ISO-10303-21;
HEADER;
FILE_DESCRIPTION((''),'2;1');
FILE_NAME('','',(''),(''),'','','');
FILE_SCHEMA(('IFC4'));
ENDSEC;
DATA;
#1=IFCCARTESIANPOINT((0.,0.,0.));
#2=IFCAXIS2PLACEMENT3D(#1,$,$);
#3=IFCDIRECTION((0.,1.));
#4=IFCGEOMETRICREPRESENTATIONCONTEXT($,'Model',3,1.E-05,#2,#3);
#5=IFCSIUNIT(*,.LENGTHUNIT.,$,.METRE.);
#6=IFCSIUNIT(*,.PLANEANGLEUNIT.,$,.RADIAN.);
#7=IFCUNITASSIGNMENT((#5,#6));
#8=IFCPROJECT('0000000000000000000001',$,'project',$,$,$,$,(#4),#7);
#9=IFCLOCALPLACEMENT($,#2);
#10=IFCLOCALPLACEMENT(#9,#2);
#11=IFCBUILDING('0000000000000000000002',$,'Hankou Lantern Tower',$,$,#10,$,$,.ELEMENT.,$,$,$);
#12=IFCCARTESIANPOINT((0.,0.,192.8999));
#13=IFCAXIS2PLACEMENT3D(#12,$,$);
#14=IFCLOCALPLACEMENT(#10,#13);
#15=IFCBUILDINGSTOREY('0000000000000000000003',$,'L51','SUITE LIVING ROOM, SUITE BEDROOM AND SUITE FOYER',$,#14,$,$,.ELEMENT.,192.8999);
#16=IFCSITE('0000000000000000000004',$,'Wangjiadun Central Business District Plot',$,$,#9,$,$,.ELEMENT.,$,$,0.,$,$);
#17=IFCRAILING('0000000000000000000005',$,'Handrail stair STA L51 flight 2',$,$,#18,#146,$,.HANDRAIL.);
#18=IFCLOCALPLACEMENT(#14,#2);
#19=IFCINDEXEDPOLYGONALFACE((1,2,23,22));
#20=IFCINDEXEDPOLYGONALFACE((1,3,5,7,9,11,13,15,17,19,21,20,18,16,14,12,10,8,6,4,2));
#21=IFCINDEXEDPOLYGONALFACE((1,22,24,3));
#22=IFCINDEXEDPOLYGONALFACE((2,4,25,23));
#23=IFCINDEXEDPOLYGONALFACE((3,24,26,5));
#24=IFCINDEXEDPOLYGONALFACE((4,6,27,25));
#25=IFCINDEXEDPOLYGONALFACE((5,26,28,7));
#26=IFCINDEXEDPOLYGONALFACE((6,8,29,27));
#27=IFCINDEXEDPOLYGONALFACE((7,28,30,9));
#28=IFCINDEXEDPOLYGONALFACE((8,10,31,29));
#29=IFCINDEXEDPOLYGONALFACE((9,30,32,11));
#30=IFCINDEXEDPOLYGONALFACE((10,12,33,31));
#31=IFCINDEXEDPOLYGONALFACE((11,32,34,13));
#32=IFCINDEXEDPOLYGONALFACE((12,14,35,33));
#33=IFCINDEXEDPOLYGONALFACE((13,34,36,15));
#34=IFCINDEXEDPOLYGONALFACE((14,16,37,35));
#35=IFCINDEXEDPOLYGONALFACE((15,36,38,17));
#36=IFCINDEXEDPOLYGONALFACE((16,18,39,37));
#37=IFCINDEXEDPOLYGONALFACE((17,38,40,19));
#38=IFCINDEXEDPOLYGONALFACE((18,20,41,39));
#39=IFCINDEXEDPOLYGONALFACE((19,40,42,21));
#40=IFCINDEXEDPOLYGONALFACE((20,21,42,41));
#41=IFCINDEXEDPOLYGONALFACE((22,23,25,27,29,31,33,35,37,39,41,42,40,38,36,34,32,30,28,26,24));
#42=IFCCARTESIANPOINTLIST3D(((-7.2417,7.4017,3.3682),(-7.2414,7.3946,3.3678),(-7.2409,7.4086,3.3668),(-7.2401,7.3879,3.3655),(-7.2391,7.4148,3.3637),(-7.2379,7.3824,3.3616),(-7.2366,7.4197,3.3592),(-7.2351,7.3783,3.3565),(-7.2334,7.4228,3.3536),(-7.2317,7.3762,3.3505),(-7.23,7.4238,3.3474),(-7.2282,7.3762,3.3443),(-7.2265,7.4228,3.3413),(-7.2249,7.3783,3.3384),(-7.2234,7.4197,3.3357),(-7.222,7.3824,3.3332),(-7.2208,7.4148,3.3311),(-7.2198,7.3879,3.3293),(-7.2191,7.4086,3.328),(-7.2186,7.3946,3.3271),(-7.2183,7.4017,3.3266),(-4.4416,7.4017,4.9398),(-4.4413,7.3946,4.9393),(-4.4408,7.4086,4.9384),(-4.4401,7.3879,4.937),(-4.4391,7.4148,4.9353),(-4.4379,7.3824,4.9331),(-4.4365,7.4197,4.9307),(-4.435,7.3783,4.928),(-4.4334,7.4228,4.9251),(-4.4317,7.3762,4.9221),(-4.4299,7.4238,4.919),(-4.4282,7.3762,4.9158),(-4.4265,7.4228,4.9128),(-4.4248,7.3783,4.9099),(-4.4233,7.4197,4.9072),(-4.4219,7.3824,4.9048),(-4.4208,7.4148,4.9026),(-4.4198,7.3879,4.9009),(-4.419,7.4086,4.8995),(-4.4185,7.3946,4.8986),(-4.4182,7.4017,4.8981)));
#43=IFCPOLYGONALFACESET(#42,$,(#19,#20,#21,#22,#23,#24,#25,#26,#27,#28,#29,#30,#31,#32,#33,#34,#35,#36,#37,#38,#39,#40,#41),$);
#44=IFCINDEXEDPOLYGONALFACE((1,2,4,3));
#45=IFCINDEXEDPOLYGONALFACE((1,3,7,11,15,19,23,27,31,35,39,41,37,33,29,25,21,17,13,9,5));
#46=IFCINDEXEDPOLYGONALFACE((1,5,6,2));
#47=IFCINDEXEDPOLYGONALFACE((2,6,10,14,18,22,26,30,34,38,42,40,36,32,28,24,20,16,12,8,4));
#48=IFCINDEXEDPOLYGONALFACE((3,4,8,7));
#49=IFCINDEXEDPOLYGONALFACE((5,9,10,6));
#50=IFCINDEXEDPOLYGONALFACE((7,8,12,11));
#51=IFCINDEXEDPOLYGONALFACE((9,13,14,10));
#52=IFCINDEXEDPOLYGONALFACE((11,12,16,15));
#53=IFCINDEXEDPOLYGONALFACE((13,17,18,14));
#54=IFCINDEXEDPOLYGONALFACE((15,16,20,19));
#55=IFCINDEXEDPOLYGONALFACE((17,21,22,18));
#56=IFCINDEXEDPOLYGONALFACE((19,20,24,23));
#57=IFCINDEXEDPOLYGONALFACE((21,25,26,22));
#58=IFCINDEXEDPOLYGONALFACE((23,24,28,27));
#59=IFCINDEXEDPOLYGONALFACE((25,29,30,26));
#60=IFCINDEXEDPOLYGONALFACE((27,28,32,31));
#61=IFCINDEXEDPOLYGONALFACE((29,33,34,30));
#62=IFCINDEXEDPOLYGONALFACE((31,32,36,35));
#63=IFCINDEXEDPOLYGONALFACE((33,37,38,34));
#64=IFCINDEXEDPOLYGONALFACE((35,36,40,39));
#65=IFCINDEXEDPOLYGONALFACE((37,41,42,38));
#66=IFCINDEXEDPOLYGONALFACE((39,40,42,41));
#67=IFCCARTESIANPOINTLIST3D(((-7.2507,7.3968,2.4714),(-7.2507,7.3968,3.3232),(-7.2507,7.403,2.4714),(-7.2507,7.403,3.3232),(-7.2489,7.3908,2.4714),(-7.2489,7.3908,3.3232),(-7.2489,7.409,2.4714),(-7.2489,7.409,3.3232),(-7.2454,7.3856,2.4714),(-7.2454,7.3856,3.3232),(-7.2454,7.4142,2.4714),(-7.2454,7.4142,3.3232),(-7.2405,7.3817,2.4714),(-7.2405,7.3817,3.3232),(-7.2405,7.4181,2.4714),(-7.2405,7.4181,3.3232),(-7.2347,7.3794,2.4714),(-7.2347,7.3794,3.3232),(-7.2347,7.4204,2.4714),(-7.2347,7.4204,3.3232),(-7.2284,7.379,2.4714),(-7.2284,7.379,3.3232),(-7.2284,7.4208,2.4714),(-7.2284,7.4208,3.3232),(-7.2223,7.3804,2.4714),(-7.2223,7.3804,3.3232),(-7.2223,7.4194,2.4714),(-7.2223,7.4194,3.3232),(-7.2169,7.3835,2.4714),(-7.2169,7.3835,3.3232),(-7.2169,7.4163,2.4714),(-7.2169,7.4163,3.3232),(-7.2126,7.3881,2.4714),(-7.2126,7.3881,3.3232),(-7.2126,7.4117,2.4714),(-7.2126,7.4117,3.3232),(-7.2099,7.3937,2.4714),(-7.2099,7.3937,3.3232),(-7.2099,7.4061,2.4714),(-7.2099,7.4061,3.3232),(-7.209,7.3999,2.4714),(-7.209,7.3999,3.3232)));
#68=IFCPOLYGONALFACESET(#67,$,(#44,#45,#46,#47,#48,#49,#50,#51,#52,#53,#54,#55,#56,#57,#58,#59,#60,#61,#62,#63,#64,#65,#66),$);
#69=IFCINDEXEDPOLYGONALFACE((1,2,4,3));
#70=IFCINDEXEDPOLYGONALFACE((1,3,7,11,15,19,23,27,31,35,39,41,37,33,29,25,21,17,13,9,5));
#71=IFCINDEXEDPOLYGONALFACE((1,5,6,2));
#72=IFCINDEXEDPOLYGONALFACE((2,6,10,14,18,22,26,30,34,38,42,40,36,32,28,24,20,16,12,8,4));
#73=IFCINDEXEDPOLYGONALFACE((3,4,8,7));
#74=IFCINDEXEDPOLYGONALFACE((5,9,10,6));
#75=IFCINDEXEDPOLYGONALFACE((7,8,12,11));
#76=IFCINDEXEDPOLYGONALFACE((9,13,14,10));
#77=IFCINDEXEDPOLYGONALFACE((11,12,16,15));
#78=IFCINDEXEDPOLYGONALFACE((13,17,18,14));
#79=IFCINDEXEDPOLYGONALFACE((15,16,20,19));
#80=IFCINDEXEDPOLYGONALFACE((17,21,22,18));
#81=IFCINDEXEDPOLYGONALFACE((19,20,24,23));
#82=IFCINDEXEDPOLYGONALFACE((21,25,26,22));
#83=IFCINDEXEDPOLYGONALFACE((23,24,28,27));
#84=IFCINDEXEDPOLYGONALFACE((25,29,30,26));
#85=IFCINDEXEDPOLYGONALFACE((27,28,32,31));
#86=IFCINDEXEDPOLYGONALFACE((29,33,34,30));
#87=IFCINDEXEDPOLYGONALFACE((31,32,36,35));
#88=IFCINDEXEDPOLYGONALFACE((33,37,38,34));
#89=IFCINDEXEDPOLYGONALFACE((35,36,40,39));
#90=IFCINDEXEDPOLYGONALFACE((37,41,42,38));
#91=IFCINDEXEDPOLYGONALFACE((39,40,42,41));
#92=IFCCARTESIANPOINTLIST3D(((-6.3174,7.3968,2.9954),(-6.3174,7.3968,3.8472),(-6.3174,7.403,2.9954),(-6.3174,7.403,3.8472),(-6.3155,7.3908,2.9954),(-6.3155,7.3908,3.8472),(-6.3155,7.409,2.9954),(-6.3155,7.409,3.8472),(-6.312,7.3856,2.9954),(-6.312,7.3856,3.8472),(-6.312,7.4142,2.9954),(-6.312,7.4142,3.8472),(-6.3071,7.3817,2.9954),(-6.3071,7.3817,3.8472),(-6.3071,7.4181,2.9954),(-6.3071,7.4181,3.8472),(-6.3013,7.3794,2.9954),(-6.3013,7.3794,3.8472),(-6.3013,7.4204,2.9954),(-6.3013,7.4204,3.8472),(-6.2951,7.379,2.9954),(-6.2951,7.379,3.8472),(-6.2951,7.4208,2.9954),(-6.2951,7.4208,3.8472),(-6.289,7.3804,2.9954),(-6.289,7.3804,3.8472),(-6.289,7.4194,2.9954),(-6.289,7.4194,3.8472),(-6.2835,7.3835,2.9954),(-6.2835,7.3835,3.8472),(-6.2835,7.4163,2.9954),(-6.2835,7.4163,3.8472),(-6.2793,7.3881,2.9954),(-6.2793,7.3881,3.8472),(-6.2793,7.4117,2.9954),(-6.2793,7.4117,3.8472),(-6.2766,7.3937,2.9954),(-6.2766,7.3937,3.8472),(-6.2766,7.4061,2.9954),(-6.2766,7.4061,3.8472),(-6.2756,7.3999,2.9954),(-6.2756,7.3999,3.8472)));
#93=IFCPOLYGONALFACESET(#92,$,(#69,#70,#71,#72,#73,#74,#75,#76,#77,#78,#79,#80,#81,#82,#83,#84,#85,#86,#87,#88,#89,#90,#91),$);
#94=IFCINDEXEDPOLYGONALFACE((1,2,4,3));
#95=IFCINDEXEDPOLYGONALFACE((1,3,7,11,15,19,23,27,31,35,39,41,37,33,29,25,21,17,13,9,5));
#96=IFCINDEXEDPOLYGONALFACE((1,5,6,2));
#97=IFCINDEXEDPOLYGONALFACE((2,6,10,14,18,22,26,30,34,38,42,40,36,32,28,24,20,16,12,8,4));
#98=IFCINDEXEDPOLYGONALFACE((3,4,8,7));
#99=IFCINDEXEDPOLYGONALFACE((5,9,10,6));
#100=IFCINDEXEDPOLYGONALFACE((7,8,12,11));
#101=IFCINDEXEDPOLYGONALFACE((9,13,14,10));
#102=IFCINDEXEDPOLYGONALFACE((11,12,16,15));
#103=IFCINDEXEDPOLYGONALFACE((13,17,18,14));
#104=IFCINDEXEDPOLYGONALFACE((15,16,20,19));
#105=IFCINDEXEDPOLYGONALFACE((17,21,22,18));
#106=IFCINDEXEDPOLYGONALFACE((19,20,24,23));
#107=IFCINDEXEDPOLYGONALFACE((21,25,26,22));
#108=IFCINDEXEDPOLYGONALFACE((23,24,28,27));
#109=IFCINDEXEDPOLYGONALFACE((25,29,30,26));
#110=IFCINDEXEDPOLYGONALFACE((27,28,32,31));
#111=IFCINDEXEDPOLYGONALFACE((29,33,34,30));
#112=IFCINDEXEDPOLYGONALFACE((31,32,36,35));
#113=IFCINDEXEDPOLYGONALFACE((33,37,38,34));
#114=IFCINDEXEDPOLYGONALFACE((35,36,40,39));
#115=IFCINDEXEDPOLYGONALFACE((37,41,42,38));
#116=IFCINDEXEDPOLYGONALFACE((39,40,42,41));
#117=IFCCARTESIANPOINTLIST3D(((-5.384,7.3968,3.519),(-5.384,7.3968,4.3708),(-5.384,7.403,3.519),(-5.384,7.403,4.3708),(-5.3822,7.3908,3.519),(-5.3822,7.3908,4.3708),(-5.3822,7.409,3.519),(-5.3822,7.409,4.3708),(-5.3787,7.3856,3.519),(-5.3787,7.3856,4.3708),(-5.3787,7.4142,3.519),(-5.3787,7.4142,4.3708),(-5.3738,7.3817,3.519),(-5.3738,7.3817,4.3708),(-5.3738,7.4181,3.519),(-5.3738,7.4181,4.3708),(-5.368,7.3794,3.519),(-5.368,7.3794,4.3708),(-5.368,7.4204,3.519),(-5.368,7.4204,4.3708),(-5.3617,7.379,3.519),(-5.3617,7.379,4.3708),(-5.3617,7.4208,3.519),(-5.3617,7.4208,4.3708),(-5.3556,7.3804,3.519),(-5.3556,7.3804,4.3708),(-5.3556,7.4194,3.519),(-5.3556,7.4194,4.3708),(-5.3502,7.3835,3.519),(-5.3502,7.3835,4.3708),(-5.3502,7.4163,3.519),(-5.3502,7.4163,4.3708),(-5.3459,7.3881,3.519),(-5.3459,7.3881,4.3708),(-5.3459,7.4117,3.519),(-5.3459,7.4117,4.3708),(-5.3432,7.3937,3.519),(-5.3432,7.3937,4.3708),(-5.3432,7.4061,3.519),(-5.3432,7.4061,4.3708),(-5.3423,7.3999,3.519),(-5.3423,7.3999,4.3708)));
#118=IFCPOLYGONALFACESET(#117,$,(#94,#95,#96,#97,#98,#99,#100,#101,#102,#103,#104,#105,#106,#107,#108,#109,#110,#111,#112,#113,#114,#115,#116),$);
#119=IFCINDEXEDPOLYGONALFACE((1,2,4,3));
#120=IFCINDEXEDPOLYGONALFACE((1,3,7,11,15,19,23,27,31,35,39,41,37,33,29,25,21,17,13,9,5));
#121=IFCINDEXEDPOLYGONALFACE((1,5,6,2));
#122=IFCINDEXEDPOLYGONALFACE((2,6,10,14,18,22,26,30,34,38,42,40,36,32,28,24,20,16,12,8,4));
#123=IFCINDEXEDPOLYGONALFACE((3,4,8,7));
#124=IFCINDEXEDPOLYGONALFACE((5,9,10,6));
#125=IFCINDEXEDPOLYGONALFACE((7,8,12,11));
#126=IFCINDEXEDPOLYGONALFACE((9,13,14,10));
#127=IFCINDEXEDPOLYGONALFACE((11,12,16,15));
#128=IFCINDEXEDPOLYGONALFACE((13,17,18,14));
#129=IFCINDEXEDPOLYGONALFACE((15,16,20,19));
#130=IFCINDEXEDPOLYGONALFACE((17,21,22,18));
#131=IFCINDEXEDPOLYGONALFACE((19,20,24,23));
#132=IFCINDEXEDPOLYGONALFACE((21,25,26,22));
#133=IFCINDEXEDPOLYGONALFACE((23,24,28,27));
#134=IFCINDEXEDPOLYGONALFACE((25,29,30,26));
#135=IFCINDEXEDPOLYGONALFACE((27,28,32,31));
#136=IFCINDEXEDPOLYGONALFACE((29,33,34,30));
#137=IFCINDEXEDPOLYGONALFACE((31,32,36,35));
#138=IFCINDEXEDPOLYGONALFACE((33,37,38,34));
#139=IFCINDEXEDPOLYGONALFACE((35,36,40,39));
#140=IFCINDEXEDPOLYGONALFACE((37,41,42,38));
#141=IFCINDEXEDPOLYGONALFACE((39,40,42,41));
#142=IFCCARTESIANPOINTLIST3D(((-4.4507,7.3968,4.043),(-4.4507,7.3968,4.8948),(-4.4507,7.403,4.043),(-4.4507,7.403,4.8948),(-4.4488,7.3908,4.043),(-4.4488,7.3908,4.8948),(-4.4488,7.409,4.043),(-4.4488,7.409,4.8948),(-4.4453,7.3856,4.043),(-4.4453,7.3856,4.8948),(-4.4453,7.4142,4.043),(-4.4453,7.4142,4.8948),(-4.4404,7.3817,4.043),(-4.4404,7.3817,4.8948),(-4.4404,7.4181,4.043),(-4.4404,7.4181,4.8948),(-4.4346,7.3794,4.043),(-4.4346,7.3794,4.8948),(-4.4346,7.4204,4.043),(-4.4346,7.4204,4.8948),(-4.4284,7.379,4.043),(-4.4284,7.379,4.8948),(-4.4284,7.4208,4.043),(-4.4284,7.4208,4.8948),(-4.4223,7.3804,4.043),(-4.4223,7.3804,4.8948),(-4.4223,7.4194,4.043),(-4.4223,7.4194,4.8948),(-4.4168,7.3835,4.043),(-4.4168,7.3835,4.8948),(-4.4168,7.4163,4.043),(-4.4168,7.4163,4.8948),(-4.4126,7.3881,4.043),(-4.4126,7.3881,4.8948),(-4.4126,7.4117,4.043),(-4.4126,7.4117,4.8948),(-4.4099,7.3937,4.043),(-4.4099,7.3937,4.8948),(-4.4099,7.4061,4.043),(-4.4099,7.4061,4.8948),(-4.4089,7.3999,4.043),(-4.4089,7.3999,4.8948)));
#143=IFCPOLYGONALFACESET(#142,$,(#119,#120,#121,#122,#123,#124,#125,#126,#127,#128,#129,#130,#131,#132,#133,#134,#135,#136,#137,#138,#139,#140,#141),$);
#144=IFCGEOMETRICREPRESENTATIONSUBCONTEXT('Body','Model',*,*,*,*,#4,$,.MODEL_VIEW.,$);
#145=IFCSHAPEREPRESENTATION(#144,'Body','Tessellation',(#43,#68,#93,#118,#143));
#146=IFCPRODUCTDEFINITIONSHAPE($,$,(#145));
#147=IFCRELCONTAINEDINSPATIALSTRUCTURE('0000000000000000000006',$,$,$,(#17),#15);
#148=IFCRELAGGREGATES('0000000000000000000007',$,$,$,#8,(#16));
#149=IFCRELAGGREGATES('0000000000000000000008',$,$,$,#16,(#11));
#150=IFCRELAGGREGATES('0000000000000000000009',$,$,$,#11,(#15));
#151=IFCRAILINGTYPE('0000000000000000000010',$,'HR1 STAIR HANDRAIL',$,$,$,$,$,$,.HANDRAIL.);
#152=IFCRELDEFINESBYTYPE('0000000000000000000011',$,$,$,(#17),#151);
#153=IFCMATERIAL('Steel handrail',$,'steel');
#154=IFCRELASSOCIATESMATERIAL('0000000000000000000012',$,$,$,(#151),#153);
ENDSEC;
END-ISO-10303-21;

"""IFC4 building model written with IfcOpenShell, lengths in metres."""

from ifc_helpers import new_model, si_unit, direction, frame, origin, origin_2d, place, context, subcontext, project, spatial, circle, extrude, material, type_object, element, save


model = new_model("IFC4")

# Units and contexts
model_context = context("Model", 3, precision=1e-05, world=origin(), true_north=direction((0.0, 1.0)))
body_context = subcontext(model_context, "Body", "Model", "MODEL_VIEW")
ifc_project = project(units=[si_unit("LENGTHUNIT", "METRE"), si_unit("PLANEANGLEUNIT", "RADIAN")], contexts=[model_context])

# Site, building, storey
site_placement = place(None, origin())
site = spatial("IfcSite", under=ifc_project, at=site_placement, Name="Wangjiadun Central Business District Plot", CompositionType="ELEMENT", RefElevation=0.0)
building_placement = place(site_placement, origin())
building = spatial("IfcBuilding", under=site, at=building_placement, Name="Hankou Lantern Tower", CompositionType="ELEMENT")
storey_placement = place(building_placement, frame((0.0, 0.0, 192.8999)))
storey = spatial("IfcBuildingStorey", under=building, at=storey_placement, Name="L51", Description="SUITE LIVING ROOM, SUITE BEDROOM AND SUITE FOYER", CompositionType="ELEMENT", Elevation=192.8999)

# Railing
ifc_material_1 = material(Name="Steel handrail", Category="steel")
railing_type = type_object("IfcRailingType", Name="HR1 STAIR HANDRAIL", PredefinedType="HANDRAIL", material=ifc_material_1)
railing_1_placement = place(storey_placement, frame((-7.23, 7.3999, 2.4714)))
element("IfcRailing", 1, at=railing_1_placement, inside=storey, type_object=railing_type, Name="Handrail stair STA L51 flight 2", PredefinedType="HANDRAIL", context=body_context, shape_type="SweptSolid", body=[
    extrude(circle(Radius=0.0239, at=origin_2d()), frame((0.0, 0.0, 0.876), z_axis=(0.87204, 0.0, 0.489434), x_axis=(0.0, 1.0, 0.0)), (0.0, 0.0, 1.0), 3.2109),
    extrude(circle(Radius=0.021, at=origin_2d()), origin(), (0.0, 0.0, 1.0), 0.8518),
    extrude(circle(Radius=0.021, at=origin_2d()), frame((0.9333, 0.0, 0.5239)), (0.0, 0.0, 1.0), 0.8518),
    extrude(circle(Radius=0.021, at=origin_2d()), frame((1.8667, 0.0, 1.0476)), (0.0, 0.0, 1.0), 0.8518),
    extrude(circle(Radius=0.021, at=origin_2d()), frame((2.8, 0.0, 1.5715)), (0.0, 0.0, 1.0), 0.8518),
])

save(model, "model.ifc")
